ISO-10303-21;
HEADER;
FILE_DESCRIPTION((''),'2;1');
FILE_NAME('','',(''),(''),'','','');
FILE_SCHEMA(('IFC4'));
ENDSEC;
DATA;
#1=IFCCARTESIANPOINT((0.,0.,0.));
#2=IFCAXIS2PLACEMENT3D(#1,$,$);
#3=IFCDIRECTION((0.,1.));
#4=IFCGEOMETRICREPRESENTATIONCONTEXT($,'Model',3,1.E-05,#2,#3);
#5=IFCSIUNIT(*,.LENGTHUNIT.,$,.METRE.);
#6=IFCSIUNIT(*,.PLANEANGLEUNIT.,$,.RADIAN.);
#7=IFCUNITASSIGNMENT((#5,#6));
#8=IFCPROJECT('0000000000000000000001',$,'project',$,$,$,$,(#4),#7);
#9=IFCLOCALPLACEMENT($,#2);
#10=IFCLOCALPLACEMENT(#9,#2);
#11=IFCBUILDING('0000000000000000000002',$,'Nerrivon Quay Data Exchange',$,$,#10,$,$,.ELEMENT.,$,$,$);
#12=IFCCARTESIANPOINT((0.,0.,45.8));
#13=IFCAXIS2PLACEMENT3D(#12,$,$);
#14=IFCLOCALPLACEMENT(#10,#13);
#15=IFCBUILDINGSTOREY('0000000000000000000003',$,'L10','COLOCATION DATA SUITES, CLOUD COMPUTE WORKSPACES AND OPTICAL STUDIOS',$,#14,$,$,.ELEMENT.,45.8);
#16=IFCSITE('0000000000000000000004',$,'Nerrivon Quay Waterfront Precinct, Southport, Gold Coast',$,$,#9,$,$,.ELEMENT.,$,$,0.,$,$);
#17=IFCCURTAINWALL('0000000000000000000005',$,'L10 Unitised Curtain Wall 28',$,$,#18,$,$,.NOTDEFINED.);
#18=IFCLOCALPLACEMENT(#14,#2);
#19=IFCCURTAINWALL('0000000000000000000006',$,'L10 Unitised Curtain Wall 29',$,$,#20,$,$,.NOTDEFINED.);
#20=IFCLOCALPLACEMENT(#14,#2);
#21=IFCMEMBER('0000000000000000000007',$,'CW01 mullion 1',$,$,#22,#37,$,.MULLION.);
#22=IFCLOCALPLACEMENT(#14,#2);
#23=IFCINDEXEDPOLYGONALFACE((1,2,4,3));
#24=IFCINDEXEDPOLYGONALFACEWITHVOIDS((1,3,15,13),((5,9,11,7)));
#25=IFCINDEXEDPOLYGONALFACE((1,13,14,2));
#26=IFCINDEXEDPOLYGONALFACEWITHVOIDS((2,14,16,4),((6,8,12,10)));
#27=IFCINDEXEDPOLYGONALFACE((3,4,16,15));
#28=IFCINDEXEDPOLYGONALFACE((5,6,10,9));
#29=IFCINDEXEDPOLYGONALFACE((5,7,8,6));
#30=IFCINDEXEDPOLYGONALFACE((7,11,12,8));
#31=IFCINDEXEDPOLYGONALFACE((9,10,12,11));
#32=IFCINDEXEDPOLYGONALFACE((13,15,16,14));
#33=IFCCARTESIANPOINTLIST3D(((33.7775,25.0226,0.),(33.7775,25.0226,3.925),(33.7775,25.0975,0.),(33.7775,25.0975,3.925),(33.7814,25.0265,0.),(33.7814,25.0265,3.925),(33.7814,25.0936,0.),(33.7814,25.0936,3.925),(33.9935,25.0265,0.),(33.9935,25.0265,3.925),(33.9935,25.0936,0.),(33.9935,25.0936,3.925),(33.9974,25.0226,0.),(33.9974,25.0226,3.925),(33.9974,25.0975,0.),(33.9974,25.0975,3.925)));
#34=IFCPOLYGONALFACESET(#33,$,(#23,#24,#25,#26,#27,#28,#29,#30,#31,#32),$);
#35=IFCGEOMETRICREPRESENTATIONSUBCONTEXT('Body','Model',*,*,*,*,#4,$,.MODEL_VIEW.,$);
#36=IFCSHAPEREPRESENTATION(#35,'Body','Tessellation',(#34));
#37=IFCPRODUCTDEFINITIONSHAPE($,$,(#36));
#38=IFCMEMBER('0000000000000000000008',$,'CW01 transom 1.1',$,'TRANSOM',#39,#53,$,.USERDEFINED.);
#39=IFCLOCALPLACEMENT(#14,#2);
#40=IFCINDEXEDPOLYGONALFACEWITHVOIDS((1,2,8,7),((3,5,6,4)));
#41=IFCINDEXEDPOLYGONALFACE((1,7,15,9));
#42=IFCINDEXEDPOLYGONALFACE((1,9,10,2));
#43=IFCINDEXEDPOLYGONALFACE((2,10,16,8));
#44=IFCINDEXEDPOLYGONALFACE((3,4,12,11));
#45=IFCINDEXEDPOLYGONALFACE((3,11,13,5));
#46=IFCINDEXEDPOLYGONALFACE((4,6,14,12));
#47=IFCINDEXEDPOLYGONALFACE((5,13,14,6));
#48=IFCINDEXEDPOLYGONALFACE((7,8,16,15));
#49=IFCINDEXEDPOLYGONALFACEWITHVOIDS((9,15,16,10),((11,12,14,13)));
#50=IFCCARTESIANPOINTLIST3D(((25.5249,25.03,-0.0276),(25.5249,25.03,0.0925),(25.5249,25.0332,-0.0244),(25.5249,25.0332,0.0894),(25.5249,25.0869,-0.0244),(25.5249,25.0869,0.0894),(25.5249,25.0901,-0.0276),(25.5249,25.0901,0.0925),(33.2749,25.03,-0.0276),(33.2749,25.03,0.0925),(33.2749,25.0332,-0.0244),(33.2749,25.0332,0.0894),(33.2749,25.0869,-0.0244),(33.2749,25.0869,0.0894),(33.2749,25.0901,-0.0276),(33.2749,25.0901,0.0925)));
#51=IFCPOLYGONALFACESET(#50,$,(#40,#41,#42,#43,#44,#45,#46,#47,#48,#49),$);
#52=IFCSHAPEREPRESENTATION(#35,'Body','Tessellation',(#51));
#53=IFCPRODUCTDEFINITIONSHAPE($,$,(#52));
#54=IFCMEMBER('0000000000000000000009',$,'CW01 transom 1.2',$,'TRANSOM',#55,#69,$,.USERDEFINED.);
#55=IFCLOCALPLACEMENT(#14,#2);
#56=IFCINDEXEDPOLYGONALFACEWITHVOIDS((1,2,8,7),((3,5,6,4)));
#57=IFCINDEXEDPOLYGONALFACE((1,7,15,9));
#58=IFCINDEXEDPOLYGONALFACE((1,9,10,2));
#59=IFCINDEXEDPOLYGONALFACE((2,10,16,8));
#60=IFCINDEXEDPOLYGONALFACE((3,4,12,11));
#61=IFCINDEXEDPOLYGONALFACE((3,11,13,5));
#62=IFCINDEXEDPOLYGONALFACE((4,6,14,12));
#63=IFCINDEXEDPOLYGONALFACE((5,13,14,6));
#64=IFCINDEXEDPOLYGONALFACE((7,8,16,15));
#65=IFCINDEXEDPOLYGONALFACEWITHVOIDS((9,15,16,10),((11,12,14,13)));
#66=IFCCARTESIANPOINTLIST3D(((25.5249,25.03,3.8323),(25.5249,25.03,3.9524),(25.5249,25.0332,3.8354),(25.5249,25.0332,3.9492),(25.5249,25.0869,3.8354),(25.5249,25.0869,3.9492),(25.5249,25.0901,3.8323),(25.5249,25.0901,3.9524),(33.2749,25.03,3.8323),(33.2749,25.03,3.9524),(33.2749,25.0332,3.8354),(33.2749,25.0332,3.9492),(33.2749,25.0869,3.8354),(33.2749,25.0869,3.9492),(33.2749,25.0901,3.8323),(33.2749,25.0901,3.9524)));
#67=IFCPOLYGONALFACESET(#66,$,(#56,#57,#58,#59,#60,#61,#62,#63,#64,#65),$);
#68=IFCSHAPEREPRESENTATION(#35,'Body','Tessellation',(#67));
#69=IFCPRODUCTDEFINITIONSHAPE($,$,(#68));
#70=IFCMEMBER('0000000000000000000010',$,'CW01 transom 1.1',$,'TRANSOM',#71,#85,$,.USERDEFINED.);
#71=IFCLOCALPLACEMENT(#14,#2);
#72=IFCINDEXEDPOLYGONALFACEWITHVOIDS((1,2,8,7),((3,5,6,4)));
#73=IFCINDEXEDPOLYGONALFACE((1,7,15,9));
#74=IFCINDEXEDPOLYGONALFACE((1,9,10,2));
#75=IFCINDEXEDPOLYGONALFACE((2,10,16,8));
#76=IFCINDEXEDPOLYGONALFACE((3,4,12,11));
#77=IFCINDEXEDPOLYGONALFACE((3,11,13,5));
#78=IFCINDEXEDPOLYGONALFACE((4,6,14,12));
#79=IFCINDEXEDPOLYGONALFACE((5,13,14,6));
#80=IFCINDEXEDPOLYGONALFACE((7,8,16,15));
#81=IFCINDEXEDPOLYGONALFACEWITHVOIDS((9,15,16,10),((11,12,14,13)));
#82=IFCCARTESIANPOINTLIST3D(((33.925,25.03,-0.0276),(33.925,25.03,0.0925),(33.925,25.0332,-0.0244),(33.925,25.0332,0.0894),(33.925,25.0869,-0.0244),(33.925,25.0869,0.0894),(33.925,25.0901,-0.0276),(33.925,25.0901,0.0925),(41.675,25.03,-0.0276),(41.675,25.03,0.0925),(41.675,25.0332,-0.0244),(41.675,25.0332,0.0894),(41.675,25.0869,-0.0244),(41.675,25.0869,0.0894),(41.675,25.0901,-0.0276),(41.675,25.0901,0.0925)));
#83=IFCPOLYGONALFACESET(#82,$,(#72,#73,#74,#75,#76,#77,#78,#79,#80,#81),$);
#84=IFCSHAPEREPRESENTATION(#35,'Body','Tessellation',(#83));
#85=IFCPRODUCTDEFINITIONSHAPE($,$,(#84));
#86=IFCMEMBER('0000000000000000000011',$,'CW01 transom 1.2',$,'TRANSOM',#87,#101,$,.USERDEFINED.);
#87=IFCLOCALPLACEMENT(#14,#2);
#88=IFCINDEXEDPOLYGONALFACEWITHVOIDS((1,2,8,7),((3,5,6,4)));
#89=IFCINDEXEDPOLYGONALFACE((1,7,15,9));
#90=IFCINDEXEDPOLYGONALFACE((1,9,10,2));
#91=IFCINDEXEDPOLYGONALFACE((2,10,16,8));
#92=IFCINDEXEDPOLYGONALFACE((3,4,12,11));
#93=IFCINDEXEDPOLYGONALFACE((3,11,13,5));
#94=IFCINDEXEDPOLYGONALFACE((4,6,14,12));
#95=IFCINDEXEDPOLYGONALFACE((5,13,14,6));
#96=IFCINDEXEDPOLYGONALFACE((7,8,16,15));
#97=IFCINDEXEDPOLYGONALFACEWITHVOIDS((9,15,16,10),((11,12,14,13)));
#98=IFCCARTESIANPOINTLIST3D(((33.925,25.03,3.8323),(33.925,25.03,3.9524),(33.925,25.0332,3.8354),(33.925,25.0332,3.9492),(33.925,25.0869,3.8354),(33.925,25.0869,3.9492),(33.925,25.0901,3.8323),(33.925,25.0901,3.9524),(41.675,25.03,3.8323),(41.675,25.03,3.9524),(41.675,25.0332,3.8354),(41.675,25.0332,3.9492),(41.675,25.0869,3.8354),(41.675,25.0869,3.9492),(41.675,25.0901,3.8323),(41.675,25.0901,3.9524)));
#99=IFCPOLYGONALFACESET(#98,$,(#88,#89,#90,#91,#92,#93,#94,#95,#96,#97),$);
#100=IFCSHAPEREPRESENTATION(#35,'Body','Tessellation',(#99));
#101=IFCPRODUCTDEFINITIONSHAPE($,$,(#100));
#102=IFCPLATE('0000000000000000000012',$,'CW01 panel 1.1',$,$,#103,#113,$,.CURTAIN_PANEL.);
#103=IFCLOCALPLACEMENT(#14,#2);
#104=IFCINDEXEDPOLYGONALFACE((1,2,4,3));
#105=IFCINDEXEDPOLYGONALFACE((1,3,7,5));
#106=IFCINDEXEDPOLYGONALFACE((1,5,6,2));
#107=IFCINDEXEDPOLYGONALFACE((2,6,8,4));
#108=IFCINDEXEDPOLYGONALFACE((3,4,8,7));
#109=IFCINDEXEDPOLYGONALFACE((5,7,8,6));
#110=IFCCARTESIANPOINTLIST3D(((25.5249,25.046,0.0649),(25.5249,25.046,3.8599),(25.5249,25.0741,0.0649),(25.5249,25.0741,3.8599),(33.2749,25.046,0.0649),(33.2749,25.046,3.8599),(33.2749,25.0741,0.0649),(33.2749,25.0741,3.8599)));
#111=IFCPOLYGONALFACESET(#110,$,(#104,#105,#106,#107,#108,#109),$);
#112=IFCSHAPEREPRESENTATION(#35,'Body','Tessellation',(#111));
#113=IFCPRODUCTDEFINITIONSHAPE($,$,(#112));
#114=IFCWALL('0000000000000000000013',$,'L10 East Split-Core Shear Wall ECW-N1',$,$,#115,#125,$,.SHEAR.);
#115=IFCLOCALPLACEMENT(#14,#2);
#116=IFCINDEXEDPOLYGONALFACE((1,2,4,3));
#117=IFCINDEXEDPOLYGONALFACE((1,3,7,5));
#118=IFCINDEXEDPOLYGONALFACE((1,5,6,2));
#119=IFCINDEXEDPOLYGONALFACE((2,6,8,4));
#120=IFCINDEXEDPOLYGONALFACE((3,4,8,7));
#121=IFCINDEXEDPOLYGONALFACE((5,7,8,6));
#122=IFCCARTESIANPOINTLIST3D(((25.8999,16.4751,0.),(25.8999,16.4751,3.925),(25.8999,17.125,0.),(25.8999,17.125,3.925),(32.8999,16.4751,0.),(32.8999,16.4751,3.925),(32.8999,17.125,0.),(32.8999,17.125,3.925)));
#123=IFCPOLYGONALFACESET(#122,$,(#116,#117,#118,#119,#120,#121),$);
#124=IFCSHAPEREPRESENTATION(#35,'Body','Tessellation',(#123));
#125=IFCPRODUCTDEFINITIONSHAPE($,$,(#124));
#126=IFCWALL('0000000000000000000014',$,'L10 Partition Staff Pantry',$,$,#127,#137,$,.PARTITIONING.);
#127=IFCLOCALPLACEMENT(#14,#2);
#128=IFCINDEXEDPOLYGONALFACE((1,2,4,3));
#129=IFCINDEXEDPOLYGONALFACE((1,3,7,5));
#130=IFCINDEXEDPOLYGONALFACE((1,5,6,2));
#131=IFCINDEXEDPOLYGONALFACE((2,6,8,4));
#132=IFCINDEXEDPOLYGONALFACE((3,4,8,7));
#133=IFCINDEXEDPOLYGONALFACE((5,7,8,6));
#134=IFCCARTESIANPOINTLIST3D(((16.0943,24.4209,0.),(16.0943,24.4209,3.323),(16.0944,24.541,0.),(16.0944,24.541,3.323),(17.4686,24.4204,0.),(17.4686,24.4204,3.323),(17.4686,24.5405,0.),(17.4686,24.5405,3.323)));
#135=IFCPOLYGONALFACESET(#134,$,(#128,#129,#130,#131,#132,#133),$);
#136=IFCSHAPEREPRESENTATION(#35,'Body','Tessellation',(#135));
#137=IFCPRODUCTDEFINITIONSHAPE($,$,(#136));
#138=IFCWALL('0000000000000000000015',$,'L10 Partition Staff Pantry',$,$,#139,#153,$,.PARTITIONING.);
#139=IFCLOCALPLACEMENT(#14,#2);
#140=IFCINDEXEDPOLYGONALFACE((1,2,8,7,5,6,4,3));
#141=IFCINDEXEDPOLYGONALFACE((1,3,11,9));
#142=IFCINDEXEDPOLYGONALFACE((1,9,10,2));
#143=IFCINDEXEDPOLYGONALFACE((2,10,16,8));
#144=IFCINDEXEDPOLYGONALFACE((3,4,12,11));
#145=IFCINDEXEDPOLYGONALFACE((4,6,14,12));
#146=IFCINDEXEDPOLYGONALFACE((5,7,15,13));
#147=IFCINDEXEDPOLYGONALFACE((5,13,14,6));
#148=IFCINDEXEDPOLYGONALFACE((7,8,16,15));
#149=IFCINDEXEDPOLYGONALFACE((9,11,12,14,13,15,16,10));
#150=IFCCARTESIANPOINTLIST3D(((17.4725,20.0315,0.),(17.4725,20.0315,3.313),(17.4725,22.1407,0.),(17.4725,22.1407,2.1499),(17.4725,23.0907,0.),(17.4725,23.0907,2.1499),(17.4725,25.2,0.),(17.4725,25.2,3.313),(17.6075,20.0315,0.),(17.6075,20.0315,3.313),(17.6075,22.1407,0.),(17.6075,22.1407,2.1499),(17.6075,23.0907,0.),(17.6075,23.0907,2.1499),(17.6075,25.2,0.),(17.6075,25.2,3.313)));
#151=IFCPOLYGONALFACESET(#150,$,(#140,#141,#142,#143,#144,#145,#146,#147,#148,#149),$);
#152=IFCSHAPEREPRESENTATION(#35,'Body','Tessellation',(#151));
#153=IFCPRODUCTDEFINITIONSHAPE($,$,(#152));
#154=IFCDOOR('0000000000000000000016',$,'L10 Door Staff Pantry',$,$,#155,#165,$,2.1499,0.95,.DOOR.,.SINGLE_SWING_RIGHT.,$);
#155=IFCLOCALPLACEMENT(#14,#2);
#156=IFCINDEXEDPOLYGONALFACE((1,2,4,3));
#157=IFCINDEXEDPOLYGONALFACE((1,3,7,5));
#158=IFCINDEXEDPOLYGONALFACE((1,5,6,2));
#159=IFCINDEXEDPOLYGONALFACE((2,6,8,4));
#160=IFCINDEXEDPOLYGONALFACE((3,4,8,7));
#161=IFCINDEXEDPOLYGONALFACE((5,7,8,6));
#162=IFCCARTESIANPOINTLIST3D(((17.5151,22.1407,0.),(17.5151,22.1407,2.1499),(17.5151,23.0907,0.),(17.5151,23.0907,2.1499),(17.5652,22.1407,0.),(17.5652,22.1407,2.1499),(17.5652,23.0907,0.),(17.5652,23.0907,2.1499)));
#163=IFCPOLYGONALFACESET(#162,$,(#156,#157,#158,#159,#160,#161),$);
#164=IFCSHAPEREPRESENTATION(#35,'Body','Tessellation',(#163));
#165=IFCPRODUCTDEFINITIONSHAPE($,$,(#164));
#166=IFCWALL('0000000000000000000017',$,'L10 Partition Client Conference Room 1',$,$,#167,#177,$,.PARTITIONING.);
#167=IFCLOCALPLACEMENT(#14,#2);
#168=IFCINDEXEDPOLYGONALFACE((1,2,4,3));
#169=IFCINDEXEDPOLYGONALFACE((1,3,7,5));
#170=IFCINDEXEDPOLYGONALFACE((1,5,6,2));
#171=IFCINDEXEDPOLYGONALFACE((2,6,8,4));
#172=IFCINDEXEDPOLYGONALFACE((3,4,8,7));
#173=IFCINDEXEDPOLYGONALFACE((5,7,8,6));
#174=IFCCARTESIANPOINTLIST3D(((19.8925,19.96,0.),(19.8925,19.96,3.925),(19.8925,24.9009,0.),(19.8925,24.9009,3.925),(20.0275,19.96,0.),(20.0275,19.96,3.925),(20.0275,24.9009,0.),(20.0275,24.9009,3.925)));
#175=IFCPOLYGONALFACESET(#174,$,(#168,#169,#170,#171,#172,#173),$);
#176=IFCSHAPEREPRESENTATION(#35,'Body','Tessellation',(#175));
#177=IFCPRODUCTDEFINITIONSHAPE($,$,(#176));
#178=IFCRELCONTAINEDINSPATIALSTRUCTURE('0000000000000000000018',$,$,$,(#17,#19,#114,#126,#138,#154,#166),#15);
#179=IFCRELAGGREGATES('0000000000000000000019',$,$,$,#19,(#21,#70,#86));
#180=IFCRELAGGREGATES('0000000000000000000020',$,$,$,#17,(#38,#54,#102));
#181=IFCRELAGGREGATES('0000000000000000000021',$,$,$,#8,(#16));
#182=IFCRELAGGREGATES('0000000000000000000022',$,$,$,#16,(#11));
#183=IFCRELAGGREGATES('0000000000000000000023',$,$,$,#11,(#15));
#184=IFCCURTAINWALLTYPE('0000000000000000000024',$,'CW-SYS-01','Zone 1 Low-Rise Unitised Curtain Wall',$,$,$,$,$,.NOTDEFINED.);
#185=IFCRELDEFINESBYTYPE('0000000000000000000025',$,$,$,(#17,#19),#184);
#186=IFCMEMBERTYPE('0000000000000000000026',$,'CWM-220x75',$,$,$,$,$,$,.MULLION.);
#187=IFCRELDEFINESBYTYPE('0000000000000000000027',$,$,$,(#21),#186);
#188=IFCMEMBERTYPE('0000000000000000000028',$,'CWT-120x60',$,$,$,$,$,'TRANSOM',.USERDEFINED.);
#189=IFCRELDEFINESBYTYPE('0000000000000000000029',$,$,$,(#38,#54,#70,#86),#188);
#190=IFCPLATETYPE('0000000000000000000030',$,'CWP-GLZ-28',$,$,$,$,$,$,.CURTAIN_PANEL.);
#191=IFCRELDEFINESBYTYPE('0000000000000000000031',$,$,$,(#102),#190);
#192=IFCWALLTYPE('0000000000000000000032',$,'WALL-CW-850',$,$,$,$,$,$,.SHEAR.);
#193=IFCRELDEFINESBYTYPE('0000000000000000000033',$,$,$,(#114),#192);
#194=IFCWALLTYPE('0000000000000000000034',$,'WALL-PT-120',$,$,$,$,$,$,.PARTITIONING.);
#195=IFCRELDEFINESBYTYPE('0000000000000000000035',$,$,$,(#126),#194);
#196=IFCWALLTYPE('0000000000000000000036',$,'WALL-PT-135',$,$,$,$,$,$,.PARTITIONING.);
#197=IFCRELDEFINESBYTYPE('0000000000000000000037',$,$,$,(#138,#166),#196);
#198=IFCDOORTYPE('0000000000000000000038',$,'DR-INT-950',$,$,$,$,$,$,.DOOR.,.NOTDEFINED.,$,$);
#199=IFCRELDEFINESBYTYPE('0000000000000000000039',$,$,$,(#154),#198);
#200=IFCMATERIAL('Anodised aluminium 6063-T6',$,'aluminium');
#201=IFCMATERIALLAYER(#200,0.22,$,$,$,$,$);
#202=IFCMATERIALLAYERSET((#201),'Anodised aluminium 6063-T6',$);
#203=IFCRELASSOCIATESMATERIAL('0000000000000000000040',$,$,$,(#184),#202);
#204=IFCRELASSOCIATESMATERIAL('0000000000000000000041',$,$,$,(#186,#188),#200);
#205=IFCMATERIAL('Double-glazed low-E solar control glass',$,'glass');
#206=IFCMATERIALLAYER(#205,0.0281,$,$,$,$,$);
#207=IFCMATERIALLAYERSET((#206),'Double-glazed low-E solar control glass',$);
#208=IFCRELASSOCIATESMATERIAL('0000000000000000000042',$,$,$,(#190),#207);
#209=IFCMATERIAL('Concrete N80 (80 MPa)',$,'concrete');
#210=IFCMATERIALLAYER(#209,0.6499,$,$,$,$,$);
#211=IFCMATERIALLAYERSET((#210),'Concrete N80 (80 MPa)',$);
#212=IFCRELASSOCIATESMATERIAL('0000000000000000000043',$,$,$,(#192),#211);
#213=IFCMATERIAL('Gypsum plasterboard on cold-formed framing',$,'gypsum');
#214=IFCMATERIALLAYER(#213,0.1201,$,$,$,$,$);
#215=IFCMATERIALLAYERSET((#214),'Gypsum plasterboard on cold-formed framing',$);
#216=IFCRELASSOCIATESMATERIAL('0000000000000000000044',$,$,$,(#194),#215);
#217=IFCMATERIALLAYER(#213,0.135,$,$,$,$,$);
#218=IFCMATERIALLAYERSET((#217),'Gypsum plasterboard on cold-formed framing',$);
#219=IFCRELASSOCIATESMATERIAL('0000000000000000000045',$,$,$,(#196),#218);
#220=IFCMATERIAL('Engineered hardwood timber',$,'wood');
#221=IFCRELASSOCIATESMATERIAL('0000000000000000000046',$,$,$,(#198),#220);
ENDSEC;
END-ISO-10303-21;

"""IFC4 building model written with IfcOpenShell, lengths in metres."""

from ifc_helpers import new_model, si_unit, direction, frame, frame_2d, origin, origin_2d, place, context, subcontext, project, spatial, rectangle, hollow_rectangle, extrude, material, layer, layer_set, material_profile, profile_set, type_object, element, fill, aggregate, save


model = new_model("IFC4")

# Units and contexts
model_context = context("Model", 3, precision=1e-05, world=origin(), true_north=direction((0.0, 1.0)))
body_context = subcontext(model_context, "Body", "Model", "MODEL_VIEW")
ifc_project = project(units=[si_unit("LENGTHUNIT", "METRE"), si_unit("PLANEANGLEUNIT", "RADIAN")], contexts=[model_context])

# Site, building, storey
site_placement = place(None, origin())
site = spatial("IfcSite", under=ifc_project, at=site_placement, Name="Nerrivon Quay Waterfront Precinct, Southport, Gold Coast", CompositionType="ELEMENT", RefElevation=0.0)
building_placement = place(site_placement, origin())
building = spatial("IfcBuilding", under=site, at=building_placement, Name="Nerrivon Quay Data Exchange", CompositionType="ELEMENT")
storey_placement = place(building_placement, frame((0.0, 0.0, 45.8)))
storey = spatial("IfcBuildingStorey", under=building, at=storey_placement, Name="L10", Description="COLOCATION DATA SUITES, CLOUD COMPUTE WORKSPACES AND OPTICAL STUDIOS", CompositionType="ELEMENT", Elevation=45.8)

# Shared definitions
ifc_material_1 = material(Name="Concrete N80 (80 MPa)", Category="concrete")

# Curtain wall
ifc_material_2 = material(Name="Anodised aluminium 6063-T6", Category="aluminium")
ifc_layer_1 = layer(ifc_material_2, 0.22)
ifc_layer_set_1 = layer_set([ifc_layer_1], Name="Anodised aluminium 6063-T6")
curtain_wall_type = type_object("IfcCurtainWallType", Name="CW-SYS-01", Description="Zone 1 Low-Rise Unitised Curtain Wall", PredefinedType="NOTDEFINED", material=ifc_layer_set_1)
curtain_wall_1_placement = place(storey_placement, origin())
curtain_wall_1 = element("IfcCurtainWall", 1, at=curtain_wall_1_placement, inside=storey, type_object=curtain_wall_type, Name="L10 Unitised Curtain Wall 28", PredefinedType="NOTDEFINED")
ifc_material_profile_1 = material_profile(ifc_material_2, hollow_rectangle(XDim=0.075, YDim=0.22, WallThickness=0.0039, at=origin_2d()), Name="ALU-MULL-220x75")
ifc_profile_set_1 = profile_set([ifc_material_profile_1], Name="Anodised aluminium 6063-T6")
member_type_1 = type_object("IfcMemberType", Name="CWM-220x75", PredefinedType="MULLION", material=ifc_profile_set_1)

# Curtain wall, member
curtain_wall_2_placement = place(storey_placement, origin())
curtain_wall_2 = element("IfcCurtainWall", 2, at=curtain_wall_2_placement, inside=storey, type_object=curtain_wall_type, Name="L10 Unitised Curtain Wall 29", PredefinedType="NOTDEFINED")
member_1_placement = place(storey_placement, frame((33.8875, 25.0601, 0.0), z_axis=(0.0, 0.0, 1.0), x_axis=(0.0, 1.0, 0.0)))
member_1 = element("IfcMember", 3, at=member_1_placement, type_object=member_type_1, Name="CW01 mullion 1", PredefinedType="MULLION", context=body_context, shape_type="SweptSolid", body=[
    extrude(hollow_rectangle(XDim=0.075, YDim=0.22, WallThickness=0.0039, at=origin_2d()), origin(), (0.0, 0.0, 1.0), 3.925),
])

# Members
ifc_material_profile_2 = material_profile(ifc_material_2, hollow_rectangle(XDim=0.0601, YDim=0.1201, WallThickness=0.0032, at=origin_2d()), Name="ALU-TRAN-120x60")
ifc_profile_set_2 = profile_set([ifc_material_profile_2], Name="Anodised aluminium 6063-T6")
member_type_2 = type_object("IfcMemberType", Name="CWT-120x60", ElementType="TRANSOM", PredefinedType="USERDEFINED", material=ifc_profile_set_2)
member_2_placement = place(storey_placement, frame((25.5249, 25.0601, 0.0325), z_axis=(1.0, 0.0, 0.0), x_axis=(0.0, 1.0, 0.0)))
member_2 = element("IfcMember", 4, at=member_2_placement, type_object=member_type_2, Name="CW01 transom 1.1", ObjectType="TRANSOM", PredefinedType="USERDEFINED", context=body_context, shape_type="SweptSolid", body=[
    extrude(hollow_rectangle(XDim=0.0601, YDim=0.1201, WallThickness=0.0032, at=origin_2d()), origin(), (0.0, 0.0, 1.0), 7.75),
])
member_3_placement = place(storey_placement, frame((25.5249, 25.0601, 3.8923), z_axis=(1.0, 0.0, 0.0), x_axis=(0.0, 1.0, 0.0)))
member_3 = element("IfcMember", 5, at=member_3_placement, type_object=member_type_2, Name="CW01 transom 1.2", ObjectType="TRANSOM", PredefinedType="USERDEFINED", context=body_context, shape_type="SweptSolid", body=[
    extrude(hollow_rectangle(XDim=0.0601, YDim=0.1201, WallThickness=0.0032, at=origin_2d()), origin(), (0.0, 0.0, 1.0), 7.75),
])
member_4_placement = place(storey_placement, frame((33.925, 25.0601, 0.0325), z_axis=(1.0, 0.0, 0.0), x_axis=(0.0, 1.0, 0.0)))
member_4 = element("IfcMember", 6, at=member_4_placement, type_object=member_type_2, Name="CW01 transom 1.1", ObjectType="TRANSOM", PredefinedType="USERDEFINED", context=body_context, shape_type="SweptSolid", body=[
    extrude(hollow_rectangle(XDim=0.0601, YDim=0.1201, WallThickness=0.0032, at=origin_2d()), origin(), (0.0, 0.0, 1.0), 7.75),
])
member_5_placement = place(storey_placement, frame((33.925, 25.0601, 3.8923), z_axis=(1.0, 0.0, 0.0), x_axis=(0.0, 1.0, 0.0)))
member_5 = element("IfcMember", 7, at=member_5_placement, type_object=member_type_2, Name="CW01 transom 1.2", ObjectType="TRANSOM", PredefinedType="USERDEFINED", context=body_context, shape_type="SweptSolid", body=[
    extrude(hollow_rectangle(XDim=0.0601, YDim=0.1201, WallThickness=0.0032, at=origin_2d()), origin(), (0.0, 0.0, 1.0), 7.75),
])
aggregate(curtain_wall_2, [member_1, member_4, member_5])

# Plate
ifc_material_3 = material(Name="Double-glazed low-E solar control glass", Category="glass")
ifc_layer_2 = layer(ifc_material_3, 0.0281)
ifc_layer_set_2 = layer_set([ifc_layer_2], Name="Double-glazed low-E solar control glass")
plate_type = type_object("IfcPlateType", Name="CWP-GLZ-28", PredefinedType="CURTAIN_PANEL", material=ifc_layer_set_2)
plate_placement = place(storey_placement, frame((29.3999, 25.0601, 0.0649), z_axis=(0.0, 0.0, 1.0), x_axis=(1.0, 0.0, 0.0)))
plate = element("IfcPlate", 8, at=plate_placement, type_object=plate_type, Name="CW01 panel 1.1", PredefinedType="CURTAIN_PANEL", context=body_context, shape_type="SweptSolid", body=[
    extrude(rectangle(XDim=7.75, YDim=0.0281, at=origin_2d()), origin(), (0.0, 0.0, 1.0), 3.7949),
])
aggregate(curtain_wall_1, [member_2, member_3, plate])

# Walls
ifc_layer_3 = layer(ifc_material_1, 0.6499)
ifc_layer_set_3 = layer_set([ifc_layer_3], Name="Concrete N80 (80 MPa)")
wall_type_1 = type_object("IfcWallType", Name="WALL-CW-850", PredefinedType="SHEAR", material=ifc_layer_set_3)
wall_1_placement = place(storey_placement, frame((25.8999, 16.8, 0.0), z_axis=(0.0, 0.0, 1.0), x_axis=(1.0, 0.0, 0.0)))
element("IfcWall", 9, at=wall_1_placement, inside=storey, type_object=wall_type_1, Name="L10 East Split-Core Shear Wall ECW-N1", PredefinedType="SHEAR", context=body_context, shape_type="SweptSolid", body=[
    extrude(rectangle(XDim=7.0, YDim=0.6499, at=frame_2d((3.5, 0.0))), origin(), (0.0, 0.0, 1.0), 3.925),
])
ifc_material_4 = material(Name="Gypsum plasterboard on cold-formed framing", Category="gypsum")
ifc_layer_4 = layer(ifc_material_4, 0.1201)
ifc_layer_set_4 = layer_set([ifc_layer_4], Name="Gypsum plasterboard on cold-formed framing")
wall_type_2 = type_object("IfcWallType", Name="WALL-PT-120", PredefinedType="PARTITIONING", material=ifc_layer_set_4)
wall_2_placement = place(storey_placement, frame((17.4685, 24.4805, 0.0), z_axis=(0.0, 0.0, 1.0), x_axis=(-1.0, 0.000355, 0.0)))
element("IfcWall", 10, at=wall_2_placement, inside=storey, type_object=wall_type_2, Name="L10 Partition Staff Pantry", PredefinedType="PARTITIONING", context=body_context, shape_type="SweptSolid", body=[
    extrude(rectangle(XDim=1.3743, YDim=0.1201, at=frame_2d((0.687, 0.0))), origin(), (0.0, 0.0, 1.0), 3.323),
])

# Wall, opening, door
ifc_layer_5 = layer(ifc_material_4, 0.135)
ifc_layer_set_5 = layer_set([ifc_layer_5], Name="Gypsum plasterboard on cold-formed framing")
wall_type_3 = type_object("IfcWallType", Name="WALL-PT-135", PredefinedType="PARTITIONING", material=ifc_layer_set_5)
wall_3_placement = place(storey_placement, frame((17.54, 20.0315, 0.0), z_axis=(0.0, 0.0, 1.0), x_axis=(0.0, 1.0, 0.0)))
wall_3 = element("IfcWall", 11, at=wall_3_placement, inside=storey, type_object=wall_type_3, Name="L10 Partition Staff Pantry", PredefinedType="PARTITIONING", context=body_context, shape_type="SweptSolid", body=[
    extrude(rectangle(XDim=5.1685, YDim=0.135, at=frame_2d((2.5842, 0.0))), origin(), (0.0, 0.0, 1.0), 3.313),
])
opening_1_placement = place(wall_3_placement, frame((2.1091, 0.0, 0.0)))
opening_1 = element("IfcOpeningElement", 12, at=opening_1_placement, cuts=wall_3, PredefinedType="OPENING", context=body_context, shape_type="SweptSolid", body=[
    extrude(rectangle(XDim=0.95, YDim=2.1499, at=frame_2d((0.4751, 1.075))), frame((0.0, 0.0774, 0.0), z_axis=(0.0, -1.0, 0.0), x_axis=(1.0, 0.0, 0.0)), (0.0, 0.0, 1.0), 0.155),
])
ifc_material_5 = material(Name="Engineered hardwood timber", Category="wood")
door_type = type_object("IfcDoorType", Name="DR-INT-950", OperationType="NOTDEFINED", PredefinedType="DOOR", material=ifc_material_5)
door_1_placement = place(opening_1_placement, origin())
door_1 = element("IfcDoor", 13, at=door_1_placement, inside=storey, type_object=door_type, Name="L10 Door Staff Pantry", OperationType="SINGLE_SWING_RIGHT", OverallHeight=2.1499, OverallWidth=0.95, PredefinedType="DOOR", context=body_context, shape_type="SweptSolid", body=[
    extrude(rectangle(XDim=0.95, YDim=2.1499, at=frame_2d((0.4751, 1.075))), frame((0.0, 0.0249, 0.0), z_axis=(0.0, -1.0, 0.0), x_axis=(1.0, 0.0, 0.0)), (0.0, 0.0, 1.0), 0.05),
])
fill(opening_1, door_1)

# Wall
wall_4_placement = place(storey_placement, frame((19.96, 24.9009, 0.0), z_axis=(0.0, 0.0, 1.0), x_axis=(0.0, -1.0, 0.0)))
element("IfcWall", 14, at=wall_4_placement, inside=storey, type_object=wall_type_3, Name="L10 Partition Client Conference Room 1", PredefinedType="PARTITIONING", context=body_context, shape_type="SweptSolid", body=[
    extrude(rectangle(XDim=4.9409, YDim=0.135, at=frame_2d((2.4705, 0.0))), origin(), (0.0, 0.0, 1.0), 3.925),
])

save(model, "model.ifc")
